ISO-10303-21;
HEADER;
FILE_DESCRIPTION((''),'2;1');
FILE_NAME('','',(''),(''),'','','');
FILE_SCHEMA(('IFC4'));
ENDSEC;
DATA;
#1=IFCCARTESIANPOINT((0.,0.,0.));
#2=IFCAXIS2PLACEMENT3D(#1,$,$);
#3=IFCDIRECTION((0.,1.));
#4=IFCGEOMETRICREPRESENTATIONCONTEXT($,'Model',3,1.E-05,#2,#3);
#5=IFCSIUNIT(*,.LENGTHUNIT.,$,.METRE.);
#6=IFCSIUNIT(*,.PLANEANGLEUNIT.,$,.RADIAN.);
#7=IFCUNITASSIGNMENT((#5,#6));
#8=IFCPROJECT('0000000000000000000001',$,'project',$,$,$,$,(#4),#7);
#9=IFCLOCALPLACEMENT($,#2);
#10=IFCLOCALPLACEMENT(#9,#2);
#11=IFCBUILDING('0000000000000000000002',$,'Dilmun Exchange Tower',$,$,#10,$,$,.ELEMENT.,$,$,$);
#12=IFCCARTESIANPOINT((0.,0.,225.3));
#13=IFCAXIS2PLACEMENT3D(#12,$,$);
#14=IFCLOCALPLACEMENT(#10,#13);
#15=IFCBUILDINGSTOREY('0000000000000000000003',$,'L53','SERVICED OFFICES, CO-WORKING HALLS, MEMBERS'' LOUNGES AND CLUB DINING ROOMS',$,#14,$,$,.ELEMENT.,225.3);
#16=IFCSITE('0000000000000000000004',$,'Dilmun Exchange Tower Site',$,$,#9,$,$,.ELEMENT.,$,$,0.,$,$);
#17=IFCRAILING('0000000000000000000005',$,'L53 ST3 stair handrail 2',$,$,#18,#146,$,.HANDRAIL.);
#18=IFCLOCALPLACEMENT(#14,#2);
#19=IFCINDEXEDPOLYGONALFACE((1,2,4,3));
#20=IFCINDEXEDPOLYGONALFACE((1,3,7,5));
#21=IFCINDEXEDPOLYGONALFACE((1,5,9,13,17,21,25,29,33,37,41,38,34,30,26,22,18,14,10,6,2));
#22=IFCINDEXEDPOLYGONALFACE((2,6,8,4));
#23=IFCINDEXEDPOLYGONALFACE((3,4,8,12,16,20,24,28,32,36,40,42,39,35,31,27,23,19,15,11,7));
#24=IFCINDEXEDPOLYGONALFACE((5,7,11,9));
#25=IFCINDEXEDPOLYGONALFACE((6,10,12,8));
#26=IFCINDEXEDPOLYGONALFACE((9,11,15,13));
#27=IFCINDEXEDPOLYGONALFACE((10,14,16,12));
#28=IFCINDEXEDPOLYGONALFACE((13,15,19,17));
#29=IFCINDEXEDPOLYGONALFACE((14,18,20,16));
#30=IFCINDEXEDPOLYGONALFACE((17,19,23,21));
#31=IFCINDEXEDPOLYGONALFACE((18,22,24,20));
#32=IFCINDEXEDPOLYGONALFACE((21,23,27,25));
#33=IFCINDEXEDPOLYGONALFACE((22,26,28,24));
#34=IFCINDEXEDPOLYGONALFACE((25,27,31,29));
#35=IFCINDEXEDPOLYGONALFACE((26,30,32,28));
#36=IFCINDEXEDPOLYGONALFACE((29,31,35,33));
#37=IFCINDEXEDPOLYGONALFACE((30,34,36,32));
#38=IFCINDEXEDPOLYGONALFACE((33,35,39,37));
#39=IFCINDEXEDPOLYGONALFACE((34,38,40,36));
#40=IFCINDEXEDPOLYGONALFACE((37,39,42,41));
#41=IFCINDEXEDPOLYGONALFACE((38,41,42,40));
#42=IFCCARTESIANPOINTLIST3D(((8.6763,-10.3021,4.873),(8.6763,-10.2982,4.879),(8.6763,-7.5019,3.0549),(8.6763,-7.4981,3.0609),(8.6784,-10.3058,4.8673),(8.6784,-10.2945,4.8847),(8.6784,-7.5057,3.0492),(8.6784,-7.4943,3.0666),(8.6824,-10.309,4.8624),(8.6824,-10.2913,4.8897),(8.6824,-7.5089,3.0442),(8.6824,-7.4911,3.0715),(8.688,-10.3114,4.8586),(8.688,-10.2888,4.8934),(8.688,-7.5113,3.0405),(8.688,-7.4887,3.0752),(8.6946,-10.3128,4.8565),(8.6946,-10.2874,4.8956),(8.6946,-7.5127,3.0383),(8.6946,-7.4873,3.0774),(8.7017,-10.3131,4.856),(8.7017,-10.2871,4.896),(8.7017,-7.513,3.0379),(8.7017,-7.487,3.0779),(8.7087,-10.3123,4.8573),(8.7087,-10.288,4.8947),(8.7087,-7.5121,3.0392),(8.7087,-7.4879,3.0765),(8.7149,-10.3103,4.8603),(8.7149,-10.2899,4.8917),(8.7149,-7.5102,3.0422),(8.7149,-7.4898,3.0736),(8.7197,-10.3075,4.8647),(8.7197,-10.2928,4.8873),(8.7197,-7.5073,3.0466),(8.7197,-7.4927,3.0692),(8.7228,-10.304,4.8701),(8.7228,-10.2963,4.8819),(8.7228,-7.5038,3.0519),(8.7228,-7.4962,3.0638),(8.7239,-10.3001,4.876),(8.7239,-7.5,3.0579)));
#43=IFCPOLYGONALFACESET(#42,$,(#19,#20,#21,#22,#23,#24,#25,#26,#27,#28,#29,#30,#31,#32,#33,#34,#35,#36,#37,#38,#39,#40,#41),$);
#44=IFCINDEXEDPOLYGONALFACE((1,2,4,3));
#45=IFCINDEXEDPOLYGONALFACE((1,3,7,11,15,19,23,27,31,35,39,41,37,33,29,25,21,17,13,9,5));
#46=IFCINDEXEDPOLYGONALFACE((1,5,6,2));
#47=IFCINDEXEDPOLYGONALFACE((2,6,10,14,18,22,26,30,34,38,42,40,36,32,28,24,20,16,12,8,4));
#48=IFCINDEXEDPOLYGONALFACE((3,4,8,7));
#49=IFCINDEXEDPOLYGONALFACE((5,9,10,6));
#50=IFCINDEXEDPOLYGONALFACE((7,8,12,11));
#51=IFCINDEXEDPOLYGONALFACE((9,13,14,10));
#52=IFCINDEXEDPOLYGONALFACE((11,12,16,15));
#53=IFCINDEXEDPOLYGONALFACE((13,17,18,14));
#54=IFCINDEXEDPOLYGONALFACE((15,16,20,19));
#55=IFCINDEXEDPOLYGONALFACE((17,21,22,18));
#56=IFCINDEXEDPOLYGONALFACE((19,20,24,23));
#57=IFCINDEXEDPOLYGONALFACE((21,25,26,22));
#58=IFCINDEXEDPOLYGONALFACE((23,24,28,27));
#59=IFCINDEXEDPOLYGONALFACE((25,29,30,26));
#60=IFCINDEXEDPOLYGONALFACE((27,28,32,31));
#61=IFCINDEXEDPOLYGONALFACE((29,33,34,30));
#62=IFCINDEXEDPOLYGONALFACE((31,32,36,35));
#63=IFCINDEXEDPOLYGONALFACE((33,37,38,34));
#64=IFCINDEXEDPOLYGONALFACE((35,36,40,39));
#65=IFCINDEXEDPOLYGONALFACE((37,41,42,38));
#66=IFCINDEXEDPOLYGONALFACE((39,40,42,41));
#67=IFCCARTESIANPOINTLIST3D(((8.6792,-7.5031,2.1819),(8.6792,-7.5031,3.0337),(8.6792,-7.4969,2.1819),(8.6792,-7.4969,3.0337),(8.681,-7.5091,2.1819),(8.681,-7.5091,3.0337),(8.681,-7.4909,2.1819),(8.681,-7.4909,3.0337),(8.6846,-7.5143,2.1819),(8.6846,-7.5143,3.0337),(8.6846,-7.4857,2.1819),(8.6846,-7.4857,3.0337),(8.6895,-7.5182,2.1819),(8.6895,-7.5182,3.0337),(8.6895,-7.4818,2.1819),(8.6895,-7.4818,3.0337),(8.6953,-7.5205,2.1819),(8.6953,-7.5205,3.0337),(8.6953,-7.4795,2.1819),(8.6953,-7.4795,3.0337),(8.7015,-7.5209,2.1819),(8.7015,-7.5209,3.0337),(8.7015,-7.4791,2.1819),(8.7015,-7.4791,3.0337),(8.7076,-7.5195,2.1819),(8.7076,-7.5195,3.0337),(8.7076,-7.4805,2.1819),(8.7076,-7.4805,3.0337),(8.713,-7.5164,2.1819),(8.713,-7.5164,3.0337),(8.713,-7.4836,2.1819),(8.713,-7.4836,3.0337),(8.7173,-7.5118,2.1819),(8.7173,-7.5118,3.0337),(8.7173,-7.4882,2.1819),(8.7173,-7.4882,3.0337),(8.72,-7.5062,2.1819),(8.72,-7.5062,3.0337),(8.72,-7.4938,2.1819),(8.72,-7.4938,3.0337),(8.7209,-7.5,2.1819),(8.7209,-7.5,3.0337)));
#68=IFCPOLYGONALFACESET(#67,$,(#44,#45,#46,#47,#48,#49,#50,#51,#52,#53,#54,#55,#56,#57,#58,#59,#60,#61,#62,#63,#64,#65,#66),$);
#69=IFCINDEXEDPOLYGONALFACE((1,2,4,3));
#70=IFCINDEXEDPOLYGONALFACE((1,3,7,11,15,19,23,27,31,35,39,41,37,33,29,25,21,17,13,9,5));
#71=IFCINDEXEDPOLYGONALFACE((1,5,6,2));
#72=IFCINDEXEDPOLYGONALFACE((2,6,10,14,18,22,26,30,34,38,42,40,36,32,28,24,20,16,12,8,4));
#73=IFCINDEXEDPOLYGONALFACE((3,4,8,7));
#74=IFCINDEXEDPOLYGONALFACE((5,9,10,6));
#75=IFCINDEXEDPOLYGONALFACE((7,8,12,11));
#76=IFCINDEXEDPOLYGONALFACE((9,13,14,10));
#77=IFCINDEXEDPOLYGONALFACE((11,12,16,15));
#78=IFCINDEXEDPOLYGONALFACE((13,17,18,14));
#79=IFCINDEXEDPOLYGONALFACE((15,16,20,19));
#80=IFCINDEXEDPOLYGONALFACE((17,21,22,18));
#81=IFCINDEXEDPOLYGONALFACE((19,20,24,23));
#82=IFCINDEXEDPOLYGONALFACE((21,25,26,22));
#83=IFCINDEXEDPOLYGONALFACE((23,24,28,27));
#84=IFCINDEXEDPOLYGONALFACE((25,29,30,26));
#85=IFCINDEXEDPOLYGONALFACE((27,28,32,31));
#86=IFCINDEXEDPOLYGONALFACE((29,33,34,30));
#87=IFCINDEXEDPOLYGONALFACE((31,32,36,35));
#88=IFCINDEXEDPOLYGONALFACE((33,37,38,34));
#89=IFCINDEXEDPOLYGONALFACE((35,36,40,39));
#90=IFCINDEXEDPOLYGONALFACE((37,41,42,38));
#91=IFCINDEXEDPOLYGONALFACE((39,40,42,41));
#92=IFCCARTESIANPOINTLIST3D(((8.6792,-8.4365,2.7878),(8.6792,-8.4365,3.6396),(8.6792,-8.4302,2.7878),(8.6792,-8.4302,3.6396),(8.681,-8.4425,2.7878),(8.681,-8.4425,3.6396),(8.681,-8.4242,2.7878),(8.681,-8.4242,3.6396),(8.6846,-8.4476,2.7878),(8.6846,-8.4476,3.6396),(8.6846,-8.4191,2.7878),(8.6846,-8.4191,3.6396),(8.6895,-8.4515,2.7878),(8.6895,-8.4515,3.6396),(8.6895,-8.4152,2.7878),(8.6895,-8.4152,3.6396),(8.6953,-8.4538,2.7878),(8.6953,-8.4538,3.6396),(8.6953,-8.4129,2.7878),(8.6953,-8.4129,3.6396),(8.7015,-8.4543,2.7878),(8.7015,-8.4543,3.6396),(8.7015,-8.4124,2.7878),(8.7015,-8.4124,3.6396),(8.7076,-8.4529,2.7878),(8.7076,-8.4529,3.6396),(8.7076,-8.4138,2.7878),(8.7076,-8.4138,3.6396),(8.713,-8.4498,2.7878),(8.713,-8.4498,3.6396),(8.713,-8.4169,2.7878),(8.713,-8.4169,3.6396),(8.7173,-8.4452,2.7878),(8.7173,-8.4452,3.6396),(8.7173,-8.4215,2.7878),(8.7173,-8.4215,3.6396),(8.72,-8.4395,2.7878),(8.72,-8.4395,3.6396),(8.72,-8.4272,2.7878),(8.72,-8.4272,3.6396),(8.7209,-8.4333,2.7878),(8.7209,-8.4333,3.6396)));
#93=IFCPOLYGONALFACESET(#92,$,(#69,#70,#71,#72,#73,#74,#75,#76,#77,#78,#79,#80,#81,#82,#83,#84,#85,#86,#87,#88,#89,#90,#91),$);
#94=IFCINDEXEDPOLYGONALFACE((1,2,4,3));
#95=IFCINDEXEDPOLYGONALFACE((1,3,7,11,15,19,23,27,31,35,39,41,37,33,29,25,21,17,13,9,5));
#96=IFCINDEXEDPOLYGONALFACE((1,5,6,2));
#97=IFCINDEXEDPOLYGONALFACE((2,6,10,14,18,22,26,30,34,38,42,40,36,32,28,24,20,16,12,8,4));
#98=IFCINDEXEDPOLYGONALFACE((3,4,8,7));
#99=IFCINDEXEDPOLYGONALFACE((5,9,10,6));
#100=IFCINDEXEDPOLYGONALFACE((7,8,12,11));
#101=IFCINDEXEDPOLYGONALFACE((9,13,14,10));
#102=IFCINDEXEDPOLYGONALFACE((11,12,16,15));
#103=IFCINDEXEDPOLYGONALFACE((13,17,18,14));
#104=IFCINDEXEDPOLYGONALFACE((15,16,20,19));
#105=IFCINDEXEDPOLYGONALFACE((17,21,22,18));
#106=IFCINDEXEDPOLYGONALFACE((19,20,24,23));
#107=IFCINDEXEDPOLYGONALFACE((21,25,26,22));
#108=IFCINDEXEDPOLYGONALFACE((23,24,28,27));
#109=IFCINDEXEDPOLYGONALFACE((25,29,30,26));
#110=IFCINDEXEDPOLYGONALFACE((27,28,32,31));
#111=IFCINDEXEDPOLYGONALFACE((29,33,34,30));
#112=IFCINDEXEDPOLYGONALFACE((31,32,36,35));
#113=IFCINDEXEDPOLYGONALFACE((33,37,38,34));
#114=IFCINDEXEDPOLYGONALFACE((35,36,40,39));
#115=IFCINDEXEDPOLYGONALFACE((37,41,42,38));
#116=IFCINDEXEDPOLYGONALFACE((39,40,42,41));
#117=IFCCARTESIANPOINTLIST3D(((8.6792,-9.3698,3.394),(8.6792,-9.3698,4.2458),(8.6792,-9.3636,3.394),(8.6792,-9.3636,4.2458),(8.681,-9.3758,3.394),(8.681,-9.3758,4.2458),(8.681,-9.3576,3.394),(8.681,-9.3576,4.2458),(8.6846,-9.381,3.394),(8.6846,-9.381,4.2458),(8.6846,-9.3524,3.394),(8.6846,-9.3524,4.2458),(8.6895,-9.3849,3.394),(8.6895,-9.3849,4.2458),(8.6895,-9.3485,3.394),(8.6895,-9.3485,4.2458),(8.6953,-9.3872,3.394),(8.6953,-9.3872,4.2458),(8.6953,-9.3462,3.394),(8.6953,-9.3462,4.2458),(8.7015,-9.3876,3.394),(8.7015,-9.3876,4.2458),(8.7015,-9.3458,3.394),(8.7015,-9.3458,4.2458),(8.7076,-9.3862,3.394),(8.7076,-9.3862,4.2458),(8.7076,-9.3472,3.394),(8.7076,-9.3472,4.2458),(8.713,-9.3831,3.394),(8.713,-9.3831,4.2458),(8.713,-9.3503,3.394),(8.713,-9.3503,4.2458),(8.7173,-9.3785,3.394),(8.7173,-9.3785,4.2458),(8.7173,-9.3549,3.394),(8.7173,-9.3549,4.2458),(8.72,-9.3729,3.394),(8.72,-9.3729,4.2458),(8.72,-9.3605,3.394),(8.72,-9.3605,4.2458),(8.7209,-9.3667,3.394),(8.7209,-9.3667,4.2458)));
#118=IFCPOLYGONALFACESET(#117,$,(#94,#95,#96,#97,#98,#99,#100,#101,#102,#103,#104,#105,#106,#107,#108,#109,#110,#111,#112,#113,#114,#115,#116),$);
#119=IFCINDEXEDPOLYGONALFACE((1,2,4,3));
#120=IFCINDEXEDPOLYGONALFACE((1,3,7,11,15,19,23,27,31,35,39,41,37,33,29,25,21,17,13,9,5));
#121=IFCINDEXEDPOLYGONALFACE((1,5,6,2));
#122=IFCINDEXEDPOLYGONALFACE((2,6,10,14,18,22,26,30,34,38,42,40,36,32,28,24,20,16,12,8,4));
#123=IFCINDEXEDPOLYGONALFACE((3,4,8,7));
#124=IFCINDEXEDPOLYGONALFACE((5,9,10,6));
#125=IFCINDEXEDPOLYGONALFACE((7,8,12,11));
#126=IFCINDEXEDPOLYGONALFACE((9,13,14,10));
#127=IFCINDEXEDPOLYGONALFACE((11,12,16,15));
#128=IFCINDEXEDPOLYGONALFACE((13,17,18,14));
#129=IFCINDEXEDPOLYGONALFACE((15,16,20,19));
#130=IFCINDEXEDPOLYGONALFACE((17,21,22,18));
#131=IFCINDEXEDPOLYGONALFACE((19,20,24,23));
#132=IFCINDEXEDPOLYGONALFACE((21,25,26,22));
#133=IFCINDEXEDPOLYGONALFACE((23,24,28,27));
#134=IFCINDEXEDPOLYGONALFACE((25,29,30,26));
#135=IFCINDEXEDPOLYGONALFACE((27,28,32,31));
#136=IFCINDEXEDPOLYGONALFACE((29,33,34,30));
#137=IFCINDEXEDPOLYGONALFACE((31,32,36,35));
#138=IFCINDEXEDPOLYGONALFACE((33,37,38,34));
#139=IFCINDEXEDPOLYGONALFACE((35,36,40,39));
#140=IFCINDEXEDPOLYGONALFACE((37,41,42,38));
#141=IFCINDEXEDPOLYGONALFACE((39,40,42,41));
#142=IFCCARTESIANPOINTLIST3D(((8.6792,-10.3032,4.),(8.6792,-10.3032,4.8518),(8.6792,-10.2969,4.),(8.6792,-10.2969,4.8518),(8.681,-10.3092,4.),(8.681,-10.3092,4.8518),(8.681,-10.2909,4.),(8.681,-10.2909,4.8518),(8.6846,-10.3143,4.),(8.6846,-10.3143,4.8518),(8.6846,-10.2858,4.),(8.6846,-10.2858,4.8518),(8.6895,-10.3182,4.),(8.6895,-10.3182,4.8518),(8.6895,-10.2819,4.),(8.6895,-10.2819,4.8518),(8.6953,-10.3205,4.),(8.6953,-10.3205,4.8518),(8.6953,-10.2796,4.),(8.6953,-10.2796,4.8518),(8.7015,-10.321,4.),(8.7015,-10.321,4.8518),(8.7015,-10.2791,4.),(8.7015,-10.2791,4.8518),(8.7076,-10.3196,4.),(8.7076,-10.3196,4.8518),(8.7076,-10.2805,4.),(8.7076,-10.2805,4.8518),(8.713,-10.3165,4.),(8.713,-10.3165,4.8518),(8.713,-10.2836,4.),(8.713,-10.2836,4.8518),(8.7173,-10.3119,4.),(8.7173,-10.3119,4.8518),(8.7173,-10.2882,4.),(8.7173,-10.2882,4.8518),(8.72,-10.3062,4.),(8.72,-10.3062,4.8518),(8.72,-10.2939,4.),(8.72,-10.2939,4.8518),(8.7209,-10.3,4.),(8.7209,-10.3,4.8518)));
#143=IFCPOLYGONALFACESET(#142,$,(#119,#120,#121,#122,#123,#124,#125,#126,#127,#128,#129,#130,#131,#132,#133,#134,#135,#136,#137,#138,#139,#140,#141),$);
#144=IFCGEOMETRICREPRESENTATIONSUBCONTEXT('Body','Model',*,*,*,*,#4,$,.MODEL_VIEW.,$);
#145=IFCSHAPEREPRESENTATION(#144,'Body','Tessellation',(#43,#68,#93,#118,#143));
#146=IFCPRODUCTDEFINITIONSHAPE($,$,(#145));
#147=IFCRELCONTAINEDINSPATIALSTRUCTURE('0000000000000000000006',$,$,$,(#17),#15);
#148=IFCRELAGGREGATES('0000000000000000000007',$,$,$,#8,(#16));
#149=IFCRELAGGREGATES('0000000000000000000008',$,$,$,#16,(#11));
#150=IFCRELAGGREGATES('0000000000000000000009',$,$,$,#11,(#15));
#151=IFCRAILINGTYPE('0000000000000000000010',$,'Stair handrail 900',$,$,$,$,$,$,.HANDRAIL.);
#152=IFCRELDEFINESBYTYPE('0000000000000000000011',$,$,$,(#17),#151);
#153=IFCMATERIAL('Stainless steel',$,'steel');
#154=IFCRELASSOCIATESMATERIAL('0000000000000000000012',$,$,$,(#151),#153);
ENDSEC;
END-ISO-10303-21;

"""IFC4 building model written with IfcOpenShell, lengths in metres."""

from ifc_helpers import new_model, si_unit, direction, frame, origin, origin_2d, place, context, subcontext, project, spatial, circle, extrude, material, type_object, element, save


model = new_model("IFC4")

# Units and contexts
model_context = context("Model", 3, precision=1e-05, world=origin(), true_north=direction((0.0, 1.0)))
body_context = subcontext(model_context, "Body", "Model", "MODEL_VIEW")
ifc_project = project(units=[si_unit("LENGTHUNIT", "METRE"), si_unit("PLANEANGLEUNIT", "RADIAN")], contexts=[model_context])

# Site, building, storey
site_placement = place(None, origin())
site = spatial("IfcSite", under=ifc_project, at=site_placement, Name="Dilmun Exchange Tower Site", CompositionType="ELEMENT", RefElevation=0.0)
building_placement = place(site_placement, origin())
building = spatial("IfcBuilding", under=site, at=building_placement, Name="Dilmun Exchange Tower", CompositionType="ELEMENT")
storey_placement = place(building_placement, frame((0.0, 0.0, 225.3)))
storey = spatial("IfcBuildingStorey", under=building, at=storey_placement, Name="L53", Description="SERVICED OFFICES, CO-WORKING HALLS, MEMBERS' LOUNGES AND CLUB DINING ROOMS", CompositionType="ELEMENT", Elevation=225.3)

# Railing
ifc_material_1 = material(Name="Stainless steel", Category="steel")
railing_type = type_object("IfcRailingType", Name="Stair handrail 900", PredefinedType="HANDRAIL", material=ifc_material_1)
railing_1_placement = place(storey_placement, frame((8.7, -7.5, 2.1819)))
element("IfcRailing", 1, at=railing_1_placement, inside=storey, type_object=railing_type, Name="L53 ST3 stair handrail 2", PredefinedType="HANDRAIL", context=body_context, shape_type="SweptSolid", body=[
    extrude(circle(Radius=0.0239, at=origin_2d()), frame((0.0, 0.0, 0.876), z_axis=(0.0, -0.838706, 0.544585), x_axis=(1.0, 0.0, 0.0)), (0.0, 0.0, 1.0), 3.3386),
    extrude(circle(Radius=0.021, at=origin_2d()), origin(), (0.0, 0.0, 1.0), 0.8518),
    extrude(circle(Radius=0.021, at=origin_2d()), frame((0.0, -0.9333, 0.606)), (0.0, 0.0, 1.0), 0.8518),
    extrude(circle(Radius=0.021, at=origin_2d()), frame((0.0, -1.8667, 1.2122)), (0.0, 0.0, 1.0), 0.8518),
    extrude(circle(Radius=0.021, at=origin_2d()), frame((0.0, -2.8, 1.8181)), (0.0, 0.0, 1.0), 0.8518),
])

save(model, "model.ifc")
